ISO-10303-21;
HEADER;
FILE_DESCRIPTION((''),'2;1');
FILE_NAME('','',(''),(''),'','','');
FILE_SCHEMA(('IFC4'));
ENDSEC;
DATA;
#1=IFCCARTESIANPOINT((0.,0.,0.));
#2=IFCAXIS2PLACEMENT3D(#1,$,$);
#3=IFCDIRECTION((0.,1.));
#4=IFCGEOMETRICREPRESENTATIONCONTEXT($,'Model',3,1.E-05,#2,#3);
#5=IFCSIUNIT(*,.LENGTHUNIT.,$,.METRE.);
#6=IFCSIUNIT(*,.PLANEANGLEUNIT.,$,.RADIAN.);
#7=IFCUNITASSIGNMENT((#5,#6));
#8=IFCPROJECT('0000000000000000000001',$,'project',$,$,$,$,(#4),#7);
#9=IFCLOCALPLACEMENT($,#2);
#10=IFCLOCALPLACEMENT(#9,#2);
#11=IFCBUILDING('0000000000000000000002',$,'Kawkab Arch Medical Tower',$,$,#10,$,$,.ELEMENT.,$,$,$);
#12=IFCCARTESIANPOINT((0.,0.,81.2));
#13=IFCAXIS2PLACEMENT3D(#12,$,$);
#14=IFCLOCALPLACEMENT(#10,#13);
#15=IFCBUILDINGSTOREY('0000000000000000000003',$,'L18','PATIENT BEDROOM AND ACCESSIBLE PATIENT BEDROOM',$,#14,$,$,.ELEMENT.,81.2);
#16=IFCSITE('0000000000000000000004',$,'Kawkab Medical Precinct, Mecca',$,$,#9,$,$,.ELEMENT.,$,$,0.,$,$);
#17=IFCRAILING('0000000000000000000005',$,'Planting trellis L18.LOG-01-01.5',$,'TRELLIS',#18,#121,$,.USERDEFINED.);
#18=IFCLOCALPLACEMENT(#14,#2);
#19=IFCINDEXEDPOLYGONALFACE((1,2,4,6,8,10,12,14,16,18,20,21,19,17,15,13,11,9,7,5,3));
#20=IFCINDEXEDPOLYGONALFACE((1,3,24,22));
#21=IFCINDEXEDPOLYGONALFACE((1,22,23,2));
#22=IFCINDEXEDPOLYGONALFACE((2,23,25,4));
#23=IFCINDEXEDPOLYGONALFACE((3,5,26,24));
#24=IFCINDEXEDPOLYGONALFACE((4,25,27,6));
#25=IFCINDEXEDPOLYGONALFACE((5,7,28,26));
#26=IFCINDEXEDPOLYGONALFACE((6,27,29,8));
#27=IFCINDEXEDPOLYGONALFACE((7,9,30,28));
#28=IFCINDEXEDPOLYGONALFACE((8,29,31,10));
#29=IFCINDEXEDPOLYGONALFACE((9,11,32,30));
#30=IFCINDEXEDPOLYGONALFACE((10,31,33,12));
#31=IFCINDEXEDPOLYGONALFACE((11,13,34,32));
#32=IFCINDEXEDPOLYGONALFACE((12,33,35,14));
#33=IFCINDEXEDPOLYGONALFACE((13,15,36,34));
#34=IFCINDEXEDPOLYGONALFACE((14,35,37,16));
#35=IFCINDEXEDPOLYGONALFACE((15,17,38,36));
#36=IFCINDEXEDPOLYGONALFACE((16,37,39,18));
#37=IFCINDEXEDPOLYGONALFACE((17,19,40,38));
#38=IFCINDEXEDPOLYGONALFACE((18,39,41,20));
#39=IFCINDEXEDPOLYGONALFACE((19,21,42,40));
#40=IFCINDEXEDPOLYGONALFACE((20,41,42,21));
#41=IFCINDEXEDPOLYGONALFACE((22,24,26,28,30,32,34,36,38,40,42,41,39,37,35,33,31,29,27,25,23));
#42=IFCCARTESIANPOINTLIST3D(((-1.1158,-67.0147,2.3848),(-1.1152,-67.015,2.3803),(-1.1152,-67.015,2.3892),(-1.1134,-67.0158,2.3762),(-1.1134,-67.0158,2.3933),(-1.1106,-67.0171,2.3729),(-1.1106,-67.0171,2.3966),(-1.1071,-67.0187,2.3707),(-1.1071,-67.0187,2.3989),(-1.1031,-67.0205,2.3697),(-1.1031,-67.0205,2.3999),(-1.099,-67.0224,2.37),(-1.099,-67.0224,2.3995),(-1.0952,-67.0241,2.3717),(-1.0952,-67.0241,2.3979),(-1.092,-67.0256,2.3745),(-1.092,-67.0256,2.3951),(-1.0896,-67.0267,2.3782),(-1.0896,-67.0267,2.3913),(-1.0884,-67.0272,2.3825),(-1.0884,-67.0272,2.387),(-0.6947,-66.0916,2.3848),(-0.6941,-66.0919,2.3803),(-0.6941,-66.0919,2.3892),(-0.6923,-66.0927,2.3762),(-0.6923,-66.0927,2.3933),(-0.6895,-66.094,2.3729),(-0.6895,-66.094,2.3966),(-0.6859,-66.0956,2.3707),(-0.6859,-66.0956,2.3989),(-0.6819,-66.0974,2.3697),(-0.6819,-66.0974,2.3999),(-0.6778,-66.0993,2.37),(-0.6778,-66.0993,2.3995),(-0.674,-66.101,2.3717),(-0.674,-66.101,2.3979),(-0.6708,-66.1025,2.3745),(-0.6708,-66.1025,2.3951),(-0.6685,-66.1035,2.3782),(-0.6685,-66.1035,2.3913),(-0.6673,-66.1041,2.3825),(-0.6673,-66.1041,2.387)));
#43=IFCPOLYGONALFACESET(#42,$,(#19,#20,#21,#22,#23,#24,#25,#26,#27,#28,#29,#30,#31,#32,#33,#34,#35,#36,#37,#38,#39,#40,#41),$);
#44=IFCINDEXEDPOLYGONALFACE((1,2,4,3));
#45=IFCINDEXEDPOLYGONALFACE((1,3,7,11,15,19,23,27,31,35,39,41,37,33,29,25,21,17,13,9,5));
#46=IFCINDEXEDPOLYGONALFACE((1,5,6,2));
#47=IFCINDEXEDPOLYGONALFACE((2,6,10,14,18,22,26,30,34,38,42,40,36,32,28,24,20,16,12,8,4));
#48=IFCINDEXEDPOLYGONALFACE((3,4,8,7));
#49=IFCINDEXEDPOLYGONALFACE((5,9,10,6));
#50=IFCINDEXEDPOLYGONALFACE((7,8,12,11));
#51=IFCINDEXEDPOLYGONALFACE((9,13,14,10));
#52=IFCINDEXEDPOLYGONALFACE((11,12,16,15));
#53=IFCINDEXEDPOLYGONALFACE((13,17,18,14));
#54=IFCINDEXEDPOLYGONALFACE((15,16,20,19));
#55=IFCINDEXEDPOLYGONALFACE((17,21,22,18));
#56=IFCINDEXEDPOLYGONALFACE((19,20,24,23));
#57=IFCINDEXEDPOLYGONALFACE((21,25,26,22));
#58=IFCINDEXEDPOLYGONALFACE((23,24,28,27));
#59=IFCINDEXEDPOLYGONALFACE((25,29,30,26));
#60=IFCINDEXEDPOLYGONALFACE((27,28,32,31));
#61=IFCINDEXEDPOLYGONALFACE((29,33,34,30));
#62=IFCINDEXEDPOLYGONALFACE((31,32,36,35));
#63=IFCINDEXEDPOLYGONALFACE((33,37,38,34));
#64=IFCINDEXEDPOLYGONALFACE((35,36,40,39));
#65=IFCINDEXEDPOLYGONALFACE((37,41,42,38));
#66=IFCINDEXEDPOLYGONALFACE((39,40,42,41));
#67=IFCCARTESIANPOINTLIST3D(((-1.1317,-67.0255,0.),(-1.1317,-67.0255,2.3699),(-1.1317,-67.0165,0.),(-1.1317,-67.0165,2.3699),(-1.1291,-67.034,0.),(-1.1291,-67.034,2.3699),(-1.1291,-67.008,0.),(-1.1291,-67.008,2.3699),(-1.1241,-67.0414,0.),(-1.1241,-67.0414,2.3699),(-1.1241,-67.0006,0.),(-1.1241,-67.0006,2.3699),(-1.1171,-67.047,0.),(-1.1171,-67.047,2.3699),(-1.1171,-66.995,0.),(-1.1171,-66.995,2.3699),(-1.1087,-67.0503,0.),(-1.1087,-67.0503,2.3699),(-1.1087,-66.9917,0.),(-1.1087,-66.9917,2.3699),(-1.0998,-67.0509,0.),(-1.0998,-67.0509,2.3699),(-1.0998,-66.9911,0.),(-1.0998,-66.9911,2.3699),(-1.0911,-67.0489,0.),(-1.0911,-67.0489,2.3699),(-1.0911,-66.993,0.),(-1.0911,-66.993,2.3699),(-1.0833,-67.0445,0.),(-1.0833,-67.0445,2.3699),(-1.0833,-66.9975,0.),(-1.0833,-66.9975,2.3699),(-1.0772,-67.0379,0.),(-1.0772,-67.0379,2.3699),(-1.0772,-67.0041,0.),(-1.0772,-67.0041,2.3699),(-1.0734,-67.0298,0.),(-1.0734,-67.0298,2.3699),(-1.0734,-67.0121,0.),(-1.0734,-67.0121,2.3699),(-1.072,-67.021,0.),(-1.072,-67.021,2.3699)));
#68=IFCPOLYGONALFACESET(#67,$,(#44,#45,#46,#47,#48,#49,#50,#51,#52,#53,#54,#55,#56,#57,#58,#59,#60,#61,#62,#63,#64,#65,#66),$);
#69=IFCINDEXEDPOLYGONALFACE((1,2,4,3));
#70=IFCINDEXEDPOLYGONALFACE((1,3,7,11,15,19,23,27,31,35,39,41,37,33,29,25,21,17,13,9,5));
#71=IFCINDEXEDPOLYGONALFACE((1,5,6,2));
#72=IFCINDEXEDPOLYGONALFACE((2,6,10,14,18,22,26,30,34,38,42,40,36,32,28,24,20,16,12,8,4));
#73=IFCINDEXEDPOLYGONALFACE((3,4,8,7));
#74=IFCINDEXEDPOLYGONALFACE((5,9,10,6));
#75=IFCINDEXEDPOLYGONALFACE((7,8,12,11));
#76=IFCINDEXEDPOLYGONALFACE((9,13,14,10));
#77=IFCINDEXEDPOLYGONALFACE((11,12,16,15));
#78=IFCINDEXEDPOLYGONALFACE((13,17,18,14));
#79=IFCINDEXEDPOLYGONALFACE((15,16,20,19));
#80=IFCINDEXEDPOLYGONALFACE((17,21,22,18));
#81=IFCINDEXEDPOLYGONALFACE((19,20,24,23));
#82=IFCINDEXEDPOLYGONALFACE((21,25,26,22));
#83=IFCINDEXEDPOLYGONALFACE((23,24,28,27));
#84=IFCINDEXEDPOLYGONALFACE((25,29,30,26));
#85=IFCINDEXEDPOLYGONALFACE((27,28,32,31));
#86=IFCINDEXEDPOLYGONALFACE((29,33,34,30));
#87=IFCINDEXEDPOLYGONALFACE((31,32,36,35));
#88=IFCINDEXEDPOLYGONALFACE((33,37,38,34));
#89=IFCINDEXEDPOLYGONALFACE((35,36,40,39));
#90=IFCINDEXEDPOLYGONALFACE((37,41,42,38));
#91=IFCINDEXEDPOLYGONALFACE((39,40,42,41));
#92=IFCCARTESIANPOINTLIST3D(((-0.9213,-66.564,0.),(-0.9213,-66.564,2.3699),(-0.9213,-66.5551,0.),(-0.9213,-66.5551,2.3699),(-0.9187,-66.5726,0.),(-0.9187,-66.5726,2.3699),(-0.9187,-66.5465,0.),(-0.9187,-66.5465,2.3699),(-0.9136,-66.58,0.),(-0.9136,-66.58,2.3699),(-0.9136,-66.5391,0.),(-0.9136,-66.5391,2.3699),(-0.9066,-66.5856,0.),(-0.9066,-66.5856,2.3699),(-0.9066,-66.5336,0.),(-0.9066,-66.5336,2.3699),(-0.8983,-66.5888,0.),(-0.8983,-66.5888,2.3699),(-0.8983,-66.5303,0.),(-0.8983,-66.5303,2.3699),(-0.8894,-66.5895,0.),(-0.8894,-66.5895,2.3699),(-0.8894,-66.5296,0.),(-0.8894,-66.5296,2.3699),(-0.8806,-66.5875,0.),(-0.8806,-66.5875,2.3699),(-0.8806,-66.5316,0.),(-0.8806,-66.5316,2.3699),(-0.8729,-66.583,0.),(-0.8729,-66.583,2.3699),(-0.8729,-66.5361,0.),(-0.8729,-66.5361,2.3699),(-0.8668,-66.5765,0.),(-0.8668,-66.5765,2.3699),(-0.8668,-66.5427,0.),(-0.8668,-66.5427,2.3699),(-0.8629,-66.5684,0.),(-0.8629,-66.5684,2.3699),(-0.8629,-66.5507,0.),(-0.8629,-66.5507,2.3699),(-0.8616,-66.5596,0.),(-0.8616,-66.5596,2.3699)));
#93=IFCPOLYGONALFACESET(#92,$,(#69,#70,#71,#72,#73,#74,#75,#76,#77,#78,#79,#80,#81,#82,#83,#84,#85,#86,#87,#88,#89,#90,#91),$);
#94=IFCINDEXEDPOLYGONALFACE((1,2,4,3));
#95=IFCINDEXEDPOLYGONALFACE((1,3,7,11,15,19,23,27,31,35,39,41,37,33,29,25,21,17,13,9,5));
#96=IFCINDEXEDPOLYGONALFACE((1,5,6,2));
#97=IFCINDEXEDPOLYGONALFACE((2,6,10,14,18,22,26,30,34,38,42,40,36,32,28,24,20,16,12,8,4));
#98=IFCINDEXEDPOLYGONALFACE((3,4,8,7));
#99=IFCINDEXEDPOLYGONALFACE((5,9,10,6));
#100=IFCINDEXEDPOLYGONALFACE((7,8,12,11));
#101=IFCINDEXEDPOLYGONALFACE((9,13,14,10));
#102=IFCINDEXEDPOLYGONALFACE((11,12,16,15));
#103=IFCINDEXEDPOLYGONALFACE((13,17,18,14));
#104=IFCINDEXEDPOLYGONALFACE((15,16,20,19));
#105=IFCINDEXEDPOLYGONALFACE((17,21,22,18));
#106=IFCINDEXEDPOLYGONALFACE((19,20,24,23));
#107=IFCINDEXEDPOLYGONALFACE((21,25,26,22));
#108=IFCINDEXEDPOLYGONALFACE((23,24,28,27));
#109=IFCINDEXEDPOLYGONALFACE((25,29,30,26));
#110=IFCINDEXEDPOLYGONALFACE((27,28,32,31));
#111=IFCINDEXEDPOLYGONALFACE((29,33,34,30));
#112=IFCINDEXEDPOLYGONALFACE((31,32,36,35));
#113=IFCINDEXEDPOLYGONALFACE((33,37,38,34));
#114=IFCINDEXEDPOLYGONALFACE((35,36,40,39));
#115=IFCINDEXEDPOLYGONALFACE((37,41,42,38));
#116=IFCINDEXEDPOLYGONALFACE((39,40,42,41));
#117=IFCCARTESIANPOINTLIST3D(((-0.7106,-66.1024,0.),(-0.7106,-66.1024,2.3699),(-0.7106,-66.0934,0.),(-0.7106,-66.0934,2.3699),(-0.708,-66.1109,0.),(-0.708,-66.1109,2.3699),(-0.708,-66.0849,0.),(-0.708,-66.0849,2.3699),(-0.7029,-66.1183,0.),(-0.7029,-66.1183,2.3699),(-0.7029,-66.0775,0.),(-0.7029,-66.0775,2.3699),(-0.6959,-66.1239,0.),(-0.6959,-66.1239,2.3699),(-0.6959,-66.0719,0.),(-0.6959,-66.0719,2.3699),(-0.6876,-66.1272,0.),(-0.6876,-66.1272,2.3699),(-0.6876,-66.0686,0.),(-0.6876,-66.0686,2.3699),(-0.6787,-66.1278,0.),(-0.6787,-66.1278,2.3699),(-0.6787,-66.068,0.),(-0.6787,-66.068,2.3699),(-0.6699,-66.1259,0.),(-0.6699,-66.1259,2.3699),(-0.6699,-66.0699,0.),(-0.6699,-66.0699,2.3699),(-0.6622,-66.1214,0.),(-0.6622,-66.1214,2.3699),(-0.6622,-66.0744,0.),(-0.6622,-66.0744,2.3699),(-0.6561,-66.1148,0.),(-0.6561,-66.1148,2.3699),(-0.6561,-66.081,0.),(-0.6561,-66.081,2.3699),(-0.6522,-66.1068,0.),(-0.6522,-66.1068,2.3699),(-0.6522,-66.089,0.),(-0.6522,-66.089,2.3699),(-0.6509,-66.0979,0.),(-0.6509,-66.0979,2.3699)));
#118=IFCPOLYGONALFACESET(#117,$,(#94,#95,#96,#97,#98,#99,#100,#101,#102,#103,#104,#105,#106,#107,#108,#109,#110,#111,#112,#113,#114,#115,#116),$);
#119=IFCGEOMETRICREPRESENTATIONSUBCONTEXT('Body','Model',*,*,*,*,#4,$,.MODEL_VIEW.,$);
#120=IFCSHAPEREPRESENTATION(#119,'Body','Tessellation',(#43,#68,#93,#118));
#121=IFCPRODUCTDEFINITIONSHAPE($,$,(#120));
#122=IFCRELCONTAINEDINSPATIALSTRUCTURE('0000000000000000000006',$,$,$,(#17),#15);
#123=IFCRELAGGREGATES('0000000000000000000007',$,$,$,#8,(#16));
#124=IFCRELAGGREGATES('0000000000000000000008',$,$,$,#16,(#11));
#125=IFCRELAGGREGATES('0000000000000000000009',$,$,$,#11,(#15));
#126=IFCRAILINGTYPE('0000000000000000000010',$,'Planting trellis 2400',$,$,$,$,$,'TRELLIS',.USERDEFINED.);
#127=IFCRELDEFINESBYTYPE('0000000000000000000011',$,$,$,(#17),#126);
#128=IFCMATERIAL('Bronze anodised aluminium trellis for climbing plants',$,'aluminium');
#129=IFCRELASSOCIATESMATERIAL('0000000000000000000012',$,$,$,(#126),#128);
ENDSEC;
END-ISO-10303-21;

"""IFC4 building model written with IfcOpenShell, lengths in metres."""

from ifc_helpers import new_model, si_unit, direction, frame, origin, origin_2d, place, context, subcontext, project, spatial, circle, extrude, material, type_object, element, save


model = new_model("IFC4")

# Units and contexts
model_context = context("Model", 3, precision=1e-05, world=origin(), true_north=direction((0.0, 1.0)))
body_context = subcontext(model_context, "Body", "Model", "MODEL_VIEW")
ifc_project = project(units=[si_unit("LENGTHUNIT", "METRE"), si_unit("PLANEANGLEUNIT", "RADIAN")], contexts=[model_context])

# Site, building, storey
site_placement = place(None, origin())
site = spatial("IfcSite", under=ifc_project, at=site_placement, Name="Kawkab Medical Precinct, Mecca", CompositionType="ELEMENT", RefElevation=0.0)
building_placement = place(site_placement, origin())
building = spatial("IfcBuilding", under=site, at=building_placement, Name="Kawkab Arch Medical Tower", CompositionType="ELEMENT")
storey_placement = place(building_placement, frame((0.0, 0.0, 81.2)))
storey = spatial("IfcBuildingStorey", under=building, at=storey_placement, Name="L18", Description="PATIENT BEDROOM AND ACCESSIBLE PATIENT BEDROOM", CompositionType="ELEMENT", Elevation=81.2)

# Railing
ifc_material_1 = material(Name="Bronze anodised aluminium trellis for climbing plants", Category="aluminium")
railing_type = type_object("IfcRailingType", Name="Planting trellis 2400", ElementType="TRELLIS", PredefinedType="USERDEFINED", material=ifc_material_1)
railing_1_placement = place(storey_placement, frame((-1.1021, -67.021, 0.0)))
element("IfcRailing", 1, at=railing_1_placement, inside=storey, type_object=railing_type, Name="Planting trellis L18.LOG-01-01.5", ObjectType="TRELLIS", PredefinedType="USERDEFINED", context=body_context, shape_type="SweptSolid", body=[
    extrude(circle(Radius=0.0151, at=origin_2d()), frame((0.0, 0.0, 2.3848), z_axis=(0.415072, 0.909789, 0.0), x_axis=(-0.909789, 0.415072, 0.0)), (0.0, 0.0, 1.0), 1.0146),
    extrude(circle(Radius=0.03, at=origin_2d()), origin(), (0.0, 0.0, 1.0), 2.3699),
    extrude(circle(Radius=0.03, at=origin_2d()), frame((0.2104, 0.4614, 0.0)), (0.0, 0.0, 1.0), 2.3699),
    extrude(circle(Radius=0.03, at=origin_2d()), frame((0.4211, 0.9231, 0.0)), (0.0, 0.0, 1.0), 2.3699),
])

save(model, "model.ifc")
